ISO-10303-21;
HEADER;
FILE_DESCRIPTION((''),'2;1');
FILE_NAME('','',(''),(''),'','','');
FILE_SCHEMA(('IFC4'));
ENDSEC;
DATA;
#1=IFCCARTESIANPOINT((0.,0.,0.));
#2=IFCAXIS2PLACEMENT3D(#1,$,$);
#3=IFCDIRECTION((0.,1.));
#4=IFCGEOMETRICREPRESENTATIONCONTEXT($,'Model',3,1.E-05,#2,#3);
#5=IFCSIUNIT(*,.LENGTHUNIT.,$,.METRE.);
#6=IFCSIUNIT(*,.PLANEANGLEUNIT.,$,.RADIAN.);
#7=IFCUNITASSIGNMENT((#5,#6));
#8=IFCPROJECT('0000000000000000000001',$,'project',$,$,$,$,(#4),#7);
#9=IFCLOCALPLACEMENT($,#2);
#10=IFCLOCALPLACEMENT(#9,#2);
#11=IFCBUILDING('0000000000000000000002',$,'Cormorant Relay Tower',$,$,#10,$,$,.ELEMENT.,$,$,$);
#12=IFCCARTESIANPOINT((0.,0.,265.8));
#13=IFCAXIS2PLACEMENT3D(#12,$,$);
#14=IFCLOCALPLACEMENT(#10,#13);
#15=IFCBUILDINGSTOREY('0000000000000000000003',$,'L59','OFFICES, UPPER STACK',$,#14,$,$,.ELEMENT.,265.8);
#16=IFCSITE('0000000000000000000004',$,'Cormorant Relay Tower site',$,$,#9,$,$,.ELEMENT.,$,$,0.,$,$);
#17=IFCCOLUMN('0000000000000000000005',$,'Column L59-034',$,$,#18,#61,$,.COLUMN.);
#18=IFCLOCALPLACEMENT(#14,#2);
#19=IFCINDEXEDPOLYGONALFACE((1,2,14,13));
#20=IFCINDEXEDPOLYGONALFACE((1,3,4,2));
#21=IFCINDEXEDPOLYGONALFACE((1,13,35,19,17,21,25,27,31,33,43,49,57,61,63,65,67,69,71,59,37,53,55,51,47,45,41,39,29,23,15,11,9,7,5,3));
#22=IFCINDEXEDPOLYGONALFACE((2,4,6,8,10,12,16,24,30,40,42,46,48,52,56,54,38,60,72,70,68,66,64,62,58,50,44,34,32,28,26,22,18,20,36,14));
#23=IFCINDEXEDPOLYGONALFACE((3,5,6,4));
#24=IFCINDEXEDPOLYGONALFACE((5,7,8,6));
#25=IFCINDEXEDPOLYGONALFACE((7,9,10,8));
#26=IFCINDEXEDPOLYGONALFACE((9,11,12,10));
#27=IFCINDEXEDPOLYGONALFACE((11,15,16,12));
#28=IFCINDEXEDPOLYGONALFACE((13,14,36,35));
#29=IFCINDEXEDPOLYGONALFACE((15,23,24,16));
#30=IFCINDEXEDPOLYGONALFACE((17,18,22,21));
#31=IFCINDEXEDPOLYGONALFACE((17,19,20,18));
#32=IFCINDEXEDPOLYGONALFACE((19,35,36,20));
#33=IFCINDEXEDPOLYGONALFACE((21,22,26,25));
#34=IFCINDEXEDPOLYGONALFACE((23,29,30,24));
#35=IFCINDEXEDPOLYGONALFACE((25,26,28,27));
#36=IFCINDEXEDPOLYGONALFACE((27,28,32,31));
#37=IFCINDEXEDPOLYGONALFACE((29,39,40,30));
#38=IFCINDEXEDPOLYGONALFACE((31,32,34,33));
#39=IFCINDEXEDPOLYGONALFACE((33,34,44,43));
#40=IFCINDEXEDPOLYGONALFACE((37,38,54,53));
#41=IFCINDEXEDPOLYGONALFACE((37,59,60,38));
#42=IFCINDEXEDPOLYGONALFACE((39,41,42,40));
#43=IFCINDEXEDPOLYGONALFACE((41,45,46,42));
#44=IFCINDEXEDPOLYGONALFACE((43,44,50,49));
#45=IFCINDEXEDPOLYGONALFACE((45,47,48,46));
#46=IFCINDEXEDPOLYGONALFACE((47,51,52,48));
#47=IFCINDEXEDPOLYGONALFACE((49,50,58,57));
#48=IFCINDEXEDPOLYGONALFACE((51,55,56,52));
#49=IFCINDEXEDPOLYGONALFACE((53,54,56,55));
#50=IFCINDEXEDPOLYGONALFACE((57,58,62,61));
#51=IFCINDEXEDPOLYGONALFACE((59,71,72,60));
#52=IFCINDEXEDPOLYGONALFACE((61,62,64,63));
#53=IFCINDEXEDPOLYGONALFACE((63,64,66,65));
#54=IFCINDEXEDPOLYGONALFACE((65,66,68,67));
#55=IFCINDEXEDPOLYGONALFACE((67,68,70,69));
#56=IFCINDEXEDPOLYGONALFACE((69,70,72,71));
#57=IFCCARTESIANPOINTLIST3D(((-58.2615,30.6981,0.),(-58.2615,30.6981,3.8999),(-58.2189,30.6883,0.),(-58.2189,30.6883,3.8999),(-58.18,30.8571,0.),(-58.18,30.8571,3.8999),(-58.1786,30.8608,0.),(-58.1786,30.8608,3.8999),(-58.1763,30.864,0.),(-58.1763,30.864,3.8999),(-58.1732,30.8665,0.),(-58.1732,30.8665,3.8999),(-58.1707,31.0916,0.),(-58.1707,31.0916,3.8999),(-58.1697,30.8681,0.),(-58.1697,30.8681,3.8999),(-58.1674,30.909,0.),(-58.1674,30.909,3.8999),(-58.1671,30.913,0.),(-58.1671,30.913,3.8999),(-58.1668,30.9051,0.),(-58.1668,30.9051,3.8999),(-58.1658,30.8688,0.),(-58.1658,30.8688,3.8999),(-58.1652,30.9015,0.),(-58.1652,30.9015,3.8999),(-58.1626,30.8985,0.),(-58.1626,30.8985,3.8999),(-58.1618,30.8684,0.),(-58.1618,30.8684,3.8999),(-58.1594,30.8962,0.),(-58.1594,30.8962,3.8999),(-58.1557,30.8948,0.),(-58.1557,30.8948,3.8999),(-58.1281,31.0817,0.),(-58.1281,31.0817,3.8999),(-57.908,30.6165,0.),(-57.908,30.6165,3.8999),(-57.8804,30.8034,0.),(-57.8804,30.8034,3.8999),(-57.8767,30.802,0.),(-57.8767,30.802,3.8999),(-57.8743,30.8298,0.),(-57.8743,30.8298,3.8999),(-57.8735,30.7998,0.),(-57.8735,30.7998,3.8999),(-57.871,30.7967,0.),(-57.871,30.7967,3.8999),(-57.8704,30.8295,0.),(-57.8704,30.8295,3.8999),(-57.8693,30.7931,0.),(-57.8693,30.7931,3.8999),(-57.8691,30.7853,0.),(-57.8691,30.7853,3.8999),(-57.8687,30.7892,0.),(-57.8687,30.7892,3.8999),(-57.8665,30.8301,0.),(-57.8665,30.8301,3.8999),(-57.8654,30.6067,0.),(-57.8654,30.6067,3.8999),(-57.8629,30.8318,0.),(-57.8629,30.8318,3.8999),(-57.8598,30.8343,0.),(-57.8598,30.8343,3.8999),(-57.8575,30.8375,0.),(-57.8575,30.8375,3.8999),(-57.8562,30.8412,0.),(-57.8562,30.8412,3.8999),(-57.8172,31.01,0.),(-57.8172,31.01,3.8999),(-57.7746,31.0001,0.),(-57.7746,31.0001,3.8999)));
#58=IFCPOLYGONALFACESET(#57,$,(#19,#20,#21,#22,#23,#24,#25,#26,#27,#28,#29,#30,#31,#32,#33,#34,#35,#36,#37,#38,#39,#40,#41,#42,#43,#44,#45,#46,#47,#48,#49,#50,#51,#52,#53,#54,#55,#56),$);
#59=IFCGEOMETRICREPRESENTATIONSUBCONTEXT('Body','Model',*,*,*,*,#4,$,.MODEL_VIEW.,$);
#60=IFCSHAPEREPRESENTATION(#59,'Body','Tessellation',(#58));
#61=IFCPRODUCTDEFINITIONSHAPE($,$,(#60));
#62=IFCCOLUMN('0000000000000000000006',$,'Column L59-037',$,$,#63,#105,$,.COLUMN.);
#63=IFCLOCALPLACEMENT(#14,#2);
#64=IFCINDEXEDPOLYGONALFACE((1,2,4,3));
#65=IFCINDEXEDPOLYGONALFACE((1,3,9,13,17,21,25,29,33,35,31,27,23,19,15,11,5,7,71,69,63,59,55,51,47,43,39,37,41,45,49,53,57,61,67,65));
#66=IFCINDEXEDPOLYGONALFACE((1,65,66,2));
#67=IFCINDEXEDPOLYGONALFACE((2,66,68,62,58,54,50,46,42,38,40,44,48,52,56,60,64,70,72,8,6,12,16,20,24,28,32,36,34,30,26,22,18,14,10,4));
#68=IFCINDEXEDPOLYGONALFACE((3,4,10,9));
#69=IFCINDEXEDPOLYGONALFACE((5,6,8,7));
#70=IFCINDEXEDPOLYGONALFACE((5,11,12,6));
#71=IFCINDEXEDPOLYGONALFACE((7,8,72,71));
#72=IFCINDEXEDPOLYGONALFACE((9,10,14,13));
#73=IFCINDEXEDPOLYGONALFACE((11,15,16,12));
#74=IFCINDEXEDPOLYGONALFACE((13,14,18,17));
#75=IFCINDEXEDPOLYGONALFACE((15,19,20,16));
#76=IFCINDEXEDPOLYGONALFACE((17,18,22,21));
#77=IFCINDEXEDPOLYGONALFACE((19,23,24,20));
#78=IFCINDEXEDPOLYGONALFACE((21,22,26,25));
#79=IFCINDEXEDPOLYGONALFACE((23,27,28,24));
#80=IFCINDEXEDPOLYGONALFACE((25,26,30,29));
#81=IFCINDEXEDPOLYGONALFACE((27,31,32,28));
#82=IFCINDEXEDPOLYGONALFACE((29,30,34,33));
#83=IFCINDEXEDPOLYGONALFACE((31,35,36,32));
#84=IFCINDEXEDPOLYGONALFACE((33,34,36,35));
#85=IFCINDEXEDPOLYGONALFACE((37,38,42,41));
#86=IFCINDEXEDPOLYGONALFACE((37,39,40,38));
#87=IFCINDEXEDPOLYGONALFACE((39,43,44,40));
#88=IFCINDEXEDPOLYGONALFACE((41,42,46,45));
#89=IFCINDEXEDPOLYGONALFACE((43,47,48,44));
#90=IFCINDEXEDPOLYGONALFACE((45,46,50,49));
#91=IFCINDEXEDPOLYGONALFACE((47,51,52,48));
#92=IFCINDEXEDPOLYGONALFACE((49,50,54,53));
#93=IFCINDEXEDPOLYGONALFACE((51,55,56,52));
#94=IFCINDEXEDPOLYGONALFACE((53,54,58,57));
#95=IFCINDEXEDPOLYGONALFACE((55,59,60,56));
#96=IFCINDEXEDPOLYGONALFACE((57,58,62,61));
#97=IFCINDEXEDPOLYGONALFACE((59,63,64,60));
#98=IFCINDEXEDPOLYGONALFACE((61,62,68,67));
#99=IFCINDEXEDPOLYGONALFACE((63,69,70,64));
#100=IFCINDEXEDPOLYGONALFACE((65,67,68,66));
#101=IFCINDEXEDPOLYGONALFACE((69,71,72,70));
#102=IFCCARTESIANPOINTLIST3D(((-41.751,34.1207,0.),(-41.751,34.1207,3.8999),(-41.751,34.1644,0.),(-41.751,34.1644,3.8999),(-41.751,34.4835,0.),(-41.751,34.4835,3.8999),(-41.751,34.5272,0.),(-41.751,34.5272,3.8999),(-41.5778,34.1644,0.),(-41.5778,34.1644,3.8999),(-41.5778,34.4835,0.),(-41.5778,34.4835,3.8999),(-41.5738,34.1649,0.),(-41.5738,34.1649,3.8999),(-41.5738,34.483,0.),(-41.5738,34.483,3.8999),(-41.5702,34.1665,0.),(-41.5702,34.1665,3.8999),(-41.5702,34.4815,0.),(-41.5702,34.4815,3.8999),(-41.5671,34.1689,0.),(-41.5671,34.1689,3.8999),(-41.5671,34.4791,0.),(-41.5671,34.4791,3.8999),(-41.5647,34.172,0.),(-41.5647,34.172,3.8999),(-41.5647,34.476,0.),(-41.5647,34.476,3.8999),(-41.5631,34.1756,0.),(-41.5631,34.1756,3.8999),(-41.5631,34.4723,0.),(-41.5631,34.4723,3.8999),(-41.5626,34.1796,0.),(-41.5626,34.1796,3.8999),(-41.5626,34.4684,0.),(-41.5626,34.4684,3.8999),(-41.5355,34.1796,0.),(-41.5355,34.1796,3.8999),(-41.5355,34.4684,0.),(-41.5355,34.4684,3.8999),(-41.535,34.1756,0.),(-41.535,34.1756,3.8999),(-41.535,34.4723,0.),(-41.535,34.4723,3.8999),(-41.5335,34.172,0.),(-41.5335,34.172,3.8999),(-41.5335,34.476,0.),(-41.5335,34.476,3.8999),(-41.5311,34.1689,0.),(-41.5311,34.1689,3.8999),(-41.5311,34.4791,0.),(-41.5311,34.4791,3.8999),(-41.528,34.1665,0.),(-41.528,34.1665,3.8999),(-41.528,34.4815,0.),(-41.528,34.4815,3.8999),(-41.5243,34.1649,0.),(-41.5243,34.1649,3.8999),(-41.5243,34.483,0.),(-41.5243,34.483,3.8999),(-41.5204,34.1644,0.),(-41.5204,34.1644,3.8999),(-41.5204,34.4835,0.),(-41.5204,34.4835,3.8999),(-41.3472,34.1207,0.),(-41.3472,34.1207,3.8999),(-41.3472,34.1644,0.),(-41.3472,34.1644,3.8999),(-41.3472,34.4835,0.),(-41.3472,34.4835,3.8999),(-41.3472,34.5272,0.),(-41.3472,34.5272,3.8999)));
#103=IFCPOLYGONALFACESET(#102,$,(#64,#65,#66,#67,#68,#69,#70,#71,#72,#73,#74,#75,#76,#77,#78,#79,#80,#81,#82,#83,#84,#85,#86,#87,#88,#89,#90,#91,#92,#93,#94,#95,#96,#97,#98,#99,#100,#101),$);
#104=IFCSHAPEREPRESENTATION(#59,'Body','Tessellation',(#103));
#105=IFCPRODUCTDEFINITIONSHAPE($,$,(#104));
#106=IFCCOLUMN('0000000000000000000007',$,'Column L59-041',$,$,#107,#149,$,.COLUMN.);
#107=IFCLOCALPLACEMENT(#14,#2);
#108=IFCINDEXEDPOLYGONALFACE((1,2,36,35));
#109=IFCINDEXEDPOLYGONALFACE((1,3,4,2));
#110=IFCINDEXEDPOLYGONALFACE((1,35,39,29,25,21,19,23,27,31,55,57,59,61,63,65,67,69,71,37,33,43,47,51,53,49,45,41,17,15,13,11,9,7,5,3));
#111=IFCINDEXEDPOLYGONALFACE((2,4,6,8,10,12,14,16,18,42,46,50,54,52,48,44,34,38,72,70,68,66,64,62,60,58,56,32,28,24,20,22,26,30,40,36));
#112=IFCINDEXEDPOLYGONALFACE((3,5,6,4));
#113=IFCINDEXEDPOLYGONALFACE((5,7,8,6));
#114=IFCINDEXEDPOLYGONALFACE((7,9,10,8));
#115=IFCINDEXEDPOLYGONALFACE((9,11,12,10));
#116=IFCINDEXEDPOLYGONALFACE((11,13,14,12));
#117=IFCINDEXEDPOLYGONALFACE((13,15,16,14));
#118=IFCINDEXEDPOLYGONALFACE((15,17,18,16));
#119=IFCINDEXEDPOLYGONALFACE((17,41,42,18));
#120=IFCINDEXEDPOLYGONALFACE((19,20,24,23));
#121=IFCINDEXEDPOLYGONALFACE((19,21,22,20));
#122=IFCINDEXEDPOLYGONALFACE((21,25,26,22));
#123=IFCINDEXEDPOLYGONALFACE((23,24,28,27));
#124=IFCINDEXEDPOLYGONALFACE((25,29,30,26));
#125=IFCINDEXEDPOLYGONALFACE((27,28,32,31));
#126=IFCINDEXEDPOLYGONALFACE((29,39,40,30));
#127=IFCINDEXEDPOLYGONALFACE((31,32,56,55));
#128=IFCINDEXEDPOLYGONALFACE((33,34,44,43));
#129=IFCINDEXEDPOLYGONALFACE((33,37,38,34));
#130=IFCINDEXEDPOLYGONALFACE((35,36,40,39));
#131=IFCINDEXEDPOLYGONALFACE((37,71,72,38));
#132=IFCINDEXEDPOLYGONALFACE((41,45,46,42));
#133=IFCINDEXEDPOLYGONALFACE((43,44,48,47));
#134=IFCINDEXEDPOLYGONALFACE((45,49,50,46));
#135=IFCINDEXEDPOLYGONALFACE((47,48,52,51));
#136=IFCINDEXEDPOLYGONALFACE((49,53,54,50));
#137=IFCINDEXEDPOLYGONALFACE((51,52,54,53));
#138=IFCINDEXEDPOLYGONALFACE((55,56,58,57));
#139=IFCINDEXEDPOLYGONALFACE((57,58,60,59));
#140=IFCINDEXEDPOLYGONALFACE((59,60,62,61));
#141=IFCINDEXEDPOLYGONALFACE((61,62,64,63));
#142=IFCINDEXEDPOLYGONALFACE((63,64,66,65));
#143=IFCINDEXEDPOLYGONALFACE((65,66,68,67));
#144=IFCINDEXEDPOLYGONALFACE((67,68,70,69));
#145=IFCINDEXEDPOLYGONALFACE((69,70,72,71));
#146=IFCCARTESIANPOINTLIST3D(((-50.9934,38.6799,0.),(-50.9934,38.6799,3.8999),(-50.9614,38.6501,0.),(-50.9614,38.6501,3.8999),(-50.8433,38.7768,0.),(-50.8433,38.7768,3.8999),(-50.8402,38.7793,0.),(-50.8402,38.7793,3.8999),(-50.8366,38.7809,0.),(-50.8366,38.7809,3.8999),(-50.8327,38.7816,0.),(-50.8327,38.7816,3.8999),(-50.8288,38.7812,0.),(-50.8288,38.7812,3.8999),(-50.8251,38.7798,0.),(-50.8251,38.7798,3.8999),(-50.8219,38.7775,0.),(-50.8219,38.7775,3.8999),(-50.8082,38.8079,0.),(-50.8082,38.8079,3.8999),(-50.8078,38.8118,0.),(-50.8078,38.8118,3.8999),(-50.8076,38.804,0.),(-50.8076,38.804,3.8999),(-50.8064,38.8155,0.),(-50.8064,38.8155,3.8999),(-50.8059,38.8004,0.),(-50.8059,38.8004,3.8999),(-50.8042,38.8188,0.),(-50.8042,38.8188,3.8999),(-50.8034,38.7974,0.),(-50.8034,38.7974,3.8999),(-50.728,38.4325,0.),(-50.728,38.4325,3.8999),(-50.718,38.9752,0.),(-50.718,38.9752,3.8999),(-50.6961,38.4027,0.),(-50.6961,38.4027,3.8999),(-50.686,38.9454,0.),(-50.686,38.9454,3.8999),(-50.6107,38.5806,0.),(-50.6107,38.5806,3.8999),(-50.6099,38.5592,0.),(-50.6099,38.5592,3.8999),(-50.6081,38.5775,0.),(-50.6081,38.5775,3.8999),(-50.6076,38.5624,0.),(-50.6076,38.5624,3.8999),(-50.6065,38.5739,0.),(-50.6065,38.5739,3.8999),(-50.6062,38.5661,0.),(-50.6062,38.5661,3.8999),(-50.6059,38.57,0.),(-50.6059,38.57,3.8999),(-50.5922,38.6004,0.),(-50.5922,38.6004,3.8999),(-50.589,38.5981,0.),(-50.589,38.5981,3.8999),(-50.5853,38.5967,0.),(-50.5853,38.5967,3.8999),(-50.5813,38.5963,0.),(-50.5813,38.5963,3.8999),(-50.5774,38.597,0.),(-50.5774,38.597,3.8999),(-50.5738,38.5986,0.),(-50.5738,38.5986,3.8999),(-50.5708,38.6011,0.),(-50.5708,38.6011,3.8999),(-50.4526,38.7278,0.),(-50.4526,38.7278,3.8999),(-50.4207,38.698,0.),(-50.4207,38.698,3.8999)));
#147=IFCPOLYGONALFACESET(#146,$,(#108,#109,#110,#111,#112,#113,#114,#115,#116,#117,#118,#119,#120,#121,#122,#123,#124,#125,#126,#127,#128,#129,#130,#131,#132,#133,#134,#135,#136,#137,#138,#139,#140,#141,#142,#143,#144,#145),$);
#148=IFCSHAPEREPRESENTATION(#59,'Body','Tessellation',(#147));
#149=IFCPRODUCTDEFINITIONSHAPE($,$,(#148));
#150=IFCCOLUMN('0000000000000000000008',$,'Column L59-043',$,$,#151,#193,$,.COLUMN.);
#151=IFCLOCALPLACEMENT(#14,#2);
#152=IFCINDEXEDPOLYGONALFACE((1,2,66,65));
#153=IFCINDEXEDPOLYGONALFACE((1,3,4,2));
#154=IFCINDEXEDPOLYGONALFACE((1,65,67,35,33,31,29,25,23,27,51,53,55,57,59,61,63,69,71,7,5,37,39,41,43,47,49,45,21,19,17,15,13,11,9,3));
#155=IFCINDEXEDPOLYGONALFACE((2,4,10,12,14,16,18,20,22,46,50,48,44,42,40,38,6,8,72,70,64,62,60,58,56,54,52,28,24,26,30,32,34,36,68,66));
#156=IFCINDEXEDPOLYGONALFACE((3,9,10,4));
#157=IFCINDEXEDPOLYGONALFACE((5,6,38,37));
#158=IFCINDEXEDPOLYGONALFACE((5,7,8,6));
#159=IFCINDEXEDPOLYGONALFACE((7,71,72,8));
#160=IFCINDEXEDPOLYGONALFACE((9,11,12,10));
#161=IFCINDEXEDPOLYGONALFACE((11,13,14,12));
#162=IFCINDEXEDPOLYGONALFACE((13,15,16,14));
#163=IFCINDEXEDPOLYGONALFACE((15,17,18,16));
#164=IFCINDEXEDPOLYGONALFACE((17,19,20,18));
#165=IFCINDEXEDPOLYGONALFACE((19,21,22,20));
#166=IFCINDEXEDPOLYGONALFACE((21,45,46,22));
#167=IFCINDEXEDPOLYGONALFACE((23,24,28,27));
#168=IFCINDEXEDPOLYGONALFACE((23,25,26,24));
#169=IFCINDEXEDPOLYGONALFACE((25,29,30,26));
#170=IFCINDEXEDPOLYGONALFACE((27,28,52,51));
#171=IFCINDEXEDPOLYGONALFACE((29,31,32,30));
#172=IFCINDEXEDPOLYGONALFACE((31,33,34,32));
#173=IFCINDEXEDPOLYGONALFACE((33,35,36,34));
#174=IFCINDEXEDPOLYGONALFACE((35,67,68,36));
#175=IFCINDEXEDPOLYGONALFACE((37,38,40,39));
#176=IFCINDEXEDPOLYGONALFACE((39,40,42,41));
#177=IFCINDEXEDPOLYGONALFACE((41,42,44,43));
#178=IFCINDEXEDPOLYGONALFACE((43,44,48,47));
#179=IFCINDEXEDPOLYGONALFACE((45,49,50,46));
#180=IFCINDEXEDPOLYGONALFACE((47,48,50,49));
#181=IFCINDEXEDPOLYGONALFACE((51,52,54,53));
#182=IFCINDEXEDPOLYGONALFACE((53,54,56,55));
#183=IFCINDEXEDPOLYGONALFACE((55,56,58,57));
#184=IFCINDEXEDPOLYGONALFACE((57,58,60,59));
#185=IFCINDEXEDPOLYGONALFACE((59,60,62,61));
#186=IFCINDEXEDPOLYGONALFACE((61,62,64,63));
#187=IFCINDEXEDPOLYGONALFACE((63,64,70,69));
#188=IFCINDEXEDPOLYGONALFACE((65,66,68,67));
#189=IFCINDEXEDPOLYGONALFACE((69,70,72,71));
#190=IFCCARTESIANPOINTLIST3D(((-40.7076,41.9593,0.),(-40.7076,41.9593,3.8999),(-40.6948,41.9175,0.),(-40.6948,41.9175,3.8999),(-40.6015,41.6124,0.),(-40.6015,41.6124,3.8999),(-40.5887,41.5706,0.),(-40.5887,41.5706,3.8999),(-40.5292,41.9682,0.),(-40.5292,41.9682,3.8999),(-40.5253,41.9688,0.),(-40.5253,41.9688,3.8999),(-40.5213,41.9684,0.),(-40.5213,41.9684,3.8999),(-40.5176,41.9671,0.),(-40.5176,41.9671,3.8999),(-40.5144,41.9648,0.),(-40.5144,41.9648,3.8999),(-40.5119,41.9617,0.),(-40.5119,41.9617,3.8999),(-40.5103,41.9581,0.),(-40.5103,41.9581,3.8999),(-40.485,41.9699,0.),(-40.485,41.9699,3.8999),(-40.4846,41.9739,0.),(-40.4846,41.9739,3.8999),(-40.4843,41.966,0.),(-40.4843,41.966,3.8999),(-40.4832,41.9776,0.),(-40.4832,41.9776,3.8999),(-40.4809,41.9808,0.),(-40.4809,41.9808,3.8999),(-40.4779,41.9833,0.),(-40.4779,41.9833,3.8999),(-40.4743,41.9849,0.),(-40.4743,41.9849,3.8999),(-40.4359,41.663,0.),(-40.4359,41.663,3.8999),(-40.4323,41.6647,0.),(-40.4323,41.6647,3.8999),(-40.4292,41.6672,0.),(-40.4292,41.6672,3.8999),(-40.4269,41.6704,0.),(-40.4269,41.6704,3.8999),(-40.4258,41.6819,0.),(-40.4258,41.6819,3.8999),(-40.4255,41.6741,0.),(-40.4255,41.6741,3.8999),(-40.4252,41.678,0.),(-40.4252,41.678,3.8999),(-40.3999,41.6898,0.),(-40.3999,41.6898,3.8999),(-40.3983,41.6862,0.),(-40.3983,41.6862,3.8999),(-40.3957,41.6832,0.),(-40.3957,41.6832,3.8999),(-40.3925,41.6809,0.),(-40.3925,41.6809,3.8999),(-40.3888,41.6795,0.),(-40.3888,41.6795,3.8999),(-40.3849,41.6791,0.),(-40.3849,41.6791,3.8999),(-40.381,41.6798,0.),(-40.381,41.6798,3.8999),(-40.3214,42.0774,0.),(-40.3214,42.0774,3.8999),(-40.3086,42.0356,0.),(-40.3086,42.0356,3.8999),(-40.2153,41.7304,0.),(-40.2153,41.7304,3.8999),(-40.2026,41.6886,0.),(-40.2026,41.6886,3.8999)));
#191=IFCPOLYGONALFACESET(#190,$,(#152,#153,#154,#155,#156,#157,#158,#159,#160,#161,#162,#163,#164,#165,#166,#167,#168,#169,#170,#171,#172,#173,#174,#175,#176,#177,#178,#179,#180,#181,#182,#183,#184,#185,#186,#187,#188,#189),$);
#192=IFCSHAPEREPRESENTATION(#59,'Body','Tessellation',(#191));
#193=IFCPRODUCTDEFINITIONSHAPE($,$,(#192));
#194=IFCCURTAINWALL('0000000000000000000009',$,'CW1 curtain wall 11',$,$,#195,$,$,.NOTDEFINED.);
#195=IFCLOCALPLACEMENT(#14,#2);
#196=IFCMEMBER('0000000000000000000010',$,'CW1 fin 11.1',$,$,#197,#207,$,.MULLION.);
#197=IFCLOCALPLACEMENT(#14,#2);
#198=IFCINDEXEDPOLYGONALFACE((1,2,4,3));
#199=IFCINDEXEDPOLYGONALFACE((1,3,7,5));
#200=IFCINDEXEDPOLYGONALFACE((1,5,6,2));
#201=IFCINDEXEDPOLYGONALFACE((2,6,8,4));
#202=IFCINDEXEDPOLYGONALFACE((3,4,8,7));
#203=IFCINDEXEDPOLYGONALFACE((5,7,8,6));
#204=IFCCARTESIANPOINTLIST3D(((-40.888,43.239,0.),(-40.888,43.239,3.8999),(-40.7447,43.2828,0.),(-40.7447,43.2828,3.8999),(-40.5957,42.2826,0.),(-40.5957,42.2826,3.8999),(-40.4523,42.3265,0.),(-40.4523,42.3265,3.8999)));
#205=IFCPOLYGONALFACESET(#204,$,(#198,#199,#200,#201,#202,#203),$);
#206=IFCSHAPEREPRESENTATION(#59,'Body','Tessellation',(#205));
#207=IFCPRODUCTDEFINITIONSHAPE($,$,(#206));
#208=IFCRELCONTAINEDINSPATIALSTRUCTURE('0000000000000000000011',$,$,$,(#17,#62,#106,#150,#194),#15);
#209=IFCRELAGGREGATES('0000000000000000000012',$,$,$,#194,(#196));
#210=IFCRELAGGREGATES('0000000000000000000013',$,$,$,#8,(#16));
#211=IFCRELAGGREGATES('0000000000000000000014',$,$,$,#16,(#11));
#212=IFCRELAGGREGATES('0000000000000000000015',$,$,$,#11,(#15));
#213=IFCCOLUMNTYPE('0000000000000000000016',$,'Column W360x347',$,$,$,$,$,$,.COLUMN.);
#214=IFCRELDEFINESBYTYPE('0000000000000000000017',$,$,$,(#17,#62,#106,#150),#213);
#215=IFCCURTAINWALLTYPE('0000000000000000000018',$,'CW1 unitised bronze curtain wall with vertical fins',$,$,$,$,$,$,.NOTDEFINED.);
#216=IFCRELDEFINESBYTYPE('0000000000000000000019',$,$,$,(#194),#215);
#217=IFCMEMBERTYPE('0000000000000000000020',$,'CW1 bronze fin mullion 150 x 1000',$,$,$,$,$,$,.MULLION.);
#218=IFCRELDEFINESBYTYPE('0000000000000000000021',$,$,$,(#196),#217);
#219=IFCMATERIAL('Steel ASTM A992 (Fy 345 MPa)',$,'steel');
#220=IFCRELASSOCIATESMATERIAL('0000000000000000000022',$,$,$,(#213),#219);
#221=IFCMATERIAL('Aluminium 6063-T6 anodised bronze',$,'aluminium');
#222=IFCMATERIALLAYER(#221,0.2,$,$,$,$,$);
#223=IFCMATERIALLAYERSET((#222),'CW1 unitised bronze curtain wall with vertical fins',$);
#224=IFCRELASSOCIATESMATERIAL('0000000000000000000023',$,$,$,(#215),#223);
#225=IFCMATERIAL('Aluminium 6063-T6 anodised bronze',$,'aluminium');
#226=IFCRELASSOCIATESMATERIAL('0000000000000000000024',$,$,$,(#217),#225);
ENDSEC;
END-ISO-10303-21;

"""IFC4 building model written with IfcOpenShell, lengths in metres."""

from ifc_helpers import new_model, si_unit, direction, frame, origin, origin_2d, place, context, subcontext, project, spatial, rectangle, i_section, extrude, material, layer, layer_set, material_profile, profile_set, type_object, element, aggregate, save


model = new_model("IFC4")

# Units and contexts
model_context = context("Model", 3, precision=1e-05, world=origin(), true_north=direction((0.0, 1.0)))
body_context = subcontext(model_context, "Body", "Model", "MODEL_VIEW")
ifc_project = project(units=[si_unit("LENGTHUNIT", "METRE"), si_unit("PLANEANGLEUNIT", "RADIAN")], contexts=[model_context])

# Site, building, storey
site_placement = place(None, origin())
site = spatial("IfcSite", under=ifc_project, at=site_placement, Name="Cormorant Relay Tower site", CompositionType="ELEMENT", RefElevation=0.0)
building_placement = place(site_placement, origin())
building = spatial("IfcBuilding", under=site, at=building_placement, Name="Cormorant Relay Tower", CompositionType="ELEMENT")
storey_placement = place(building_placement, frame((0.0, 0.0, 265.8)))
storey = spatial("IfcBuildingStorey", under=building, at=storey_placement, Name="L59", Description="OFFICES, UPPER STACK", CompositionType="ELEMENT", Elevation=265.8)

# Columns
ifc_material_1 = material(Name="Steel ASTM A992 (Fy 345 MPa)", Category="steel")
ifc_material_profile_1 = material_profile(ifc_material_1, i_section(OverallWidth=0.4038, OverallDepth=0.4065, WebThickness=0.0271, FlangeThickness=0.0437, FilletRadius=0.0151, at=origin_2d()), Name="W360x347")
ifc_profile_set_1 = profile_set([ifc_material_profile_1], Name="Steel ASTM A992 (Fy 345 MPa)")
column_type = type_object("IfcColumnType", Name="Column W360x347", PredefinedType="COLUMN", material=ifc_profile_set_1)
for number, where, z_axis, x_axis, name in (
    (1, (-58.0181, 30.8491, 0.0), (0.0, 0.0, 1.0), (-0.224951, -0.97437, 0.0), "Column L59-034"),
    (2, (-41.5491, 34.324, 0.0), (0.0, 0.0, 1.0), (1.0, 0.0, 0.0), "Column L59-037"),
    (3, (-50.707, 38.689, 0.0), (0.0, 0.0, 1.0), (-0.681998, -0.731354, 0.0), "Column L59-041"),
    (4, (-40.4551, 41.824, 0.0), (0.0, 0.0, 1.0), (-0.956305, -0.292372, 0.0), "Column L59-043"),
):
    element("IfcColumn", number, at=place(storey_placement, frame(where, z_axis=z_axis, x_axis=x_axis)), inside=storey, type_object=column_type, Name=name, PredefinedType="COLUMN", context=body_context, shape_type="SweptSolid", body=[
        extrude(i_section(OverallWidth=0.4038, OverallDepth=0.4065, WebThickness=0.0271, FlangeThickness=0.0437, FilletRadius=0.0151, at=origin_2d()), origin(), (0.0, 0.0, 1.0), 3.8999),
    ])

# Curtain wall, member
ifc_material_2 = material(Name="Aluminium 6063-T6 anodised bronze", Category="aluminium")
ifc_layer_1 = layer(ifc_material_2, 0.2)
ifc_layer_set_1 = layer_set([ifc_layer_1], Name="CW1 unitised bronze curtain wall with vertical fins")
curtain_wall_type = type_object("IfcCurtainWallType", Name="CW1 unitised bronze curtain wall with vertical fins", PredefinedType="NOTDEFINED", material=ifc_layer_set_1)
curtain_wall_1_placement = place(storey_placement, origin())
curtain_wall_1 = element("IfcCurtainWall", 5, at=curtain_wall_1_placement, inside=storey, type_object=curtain_wall_type, Name="CW1 curtain wall 11", PredefinedType="NOTDEFINED")
ifc_material_3 = material(Name="Aluminium 6063-T6 anodised bronze", Category="aluminium")
ifc_material_profile_2 = material_profile(ifc_material_3, rectangle(XDim=0.1499, YDim=1.0, at=origin_2d()), Name="AL 150x1000")
ifc_profile_set_2 = profile_set([ifc_material_profile_2], Name="Aluminium 6063-T6 anodised bronze")
member_type_1 = type_object("IfcMemberType", Name="CW1 bronze fin mullion 150 x 1000", PredefinedType="MULLION", material=ifc_profile_set_2)
member_1_placement = place(storey_placement, frame((-40.6702, 42.7827, 0.0), z_axis=(0.0, 0.0, 1.0), x_axis=(-0.956305, -0.292372, 0.0)))
member_1 = element("IfcMember", 6, at=member_1_placement, type_object=member_type_1, Name="CW1 fin 11.1", PredefinedType="MULLION", context=body_context, shape_type="SweptSolid", body=[
    extrude(rectangle(XDim=0.1499, YDim=1.0, at=origin_2d()), origin(), (0.0, 0.0, 1.0), 3.8999),
])

aggregate(curtain_wall_1, [member_1])

save(model, "model.ifc")
